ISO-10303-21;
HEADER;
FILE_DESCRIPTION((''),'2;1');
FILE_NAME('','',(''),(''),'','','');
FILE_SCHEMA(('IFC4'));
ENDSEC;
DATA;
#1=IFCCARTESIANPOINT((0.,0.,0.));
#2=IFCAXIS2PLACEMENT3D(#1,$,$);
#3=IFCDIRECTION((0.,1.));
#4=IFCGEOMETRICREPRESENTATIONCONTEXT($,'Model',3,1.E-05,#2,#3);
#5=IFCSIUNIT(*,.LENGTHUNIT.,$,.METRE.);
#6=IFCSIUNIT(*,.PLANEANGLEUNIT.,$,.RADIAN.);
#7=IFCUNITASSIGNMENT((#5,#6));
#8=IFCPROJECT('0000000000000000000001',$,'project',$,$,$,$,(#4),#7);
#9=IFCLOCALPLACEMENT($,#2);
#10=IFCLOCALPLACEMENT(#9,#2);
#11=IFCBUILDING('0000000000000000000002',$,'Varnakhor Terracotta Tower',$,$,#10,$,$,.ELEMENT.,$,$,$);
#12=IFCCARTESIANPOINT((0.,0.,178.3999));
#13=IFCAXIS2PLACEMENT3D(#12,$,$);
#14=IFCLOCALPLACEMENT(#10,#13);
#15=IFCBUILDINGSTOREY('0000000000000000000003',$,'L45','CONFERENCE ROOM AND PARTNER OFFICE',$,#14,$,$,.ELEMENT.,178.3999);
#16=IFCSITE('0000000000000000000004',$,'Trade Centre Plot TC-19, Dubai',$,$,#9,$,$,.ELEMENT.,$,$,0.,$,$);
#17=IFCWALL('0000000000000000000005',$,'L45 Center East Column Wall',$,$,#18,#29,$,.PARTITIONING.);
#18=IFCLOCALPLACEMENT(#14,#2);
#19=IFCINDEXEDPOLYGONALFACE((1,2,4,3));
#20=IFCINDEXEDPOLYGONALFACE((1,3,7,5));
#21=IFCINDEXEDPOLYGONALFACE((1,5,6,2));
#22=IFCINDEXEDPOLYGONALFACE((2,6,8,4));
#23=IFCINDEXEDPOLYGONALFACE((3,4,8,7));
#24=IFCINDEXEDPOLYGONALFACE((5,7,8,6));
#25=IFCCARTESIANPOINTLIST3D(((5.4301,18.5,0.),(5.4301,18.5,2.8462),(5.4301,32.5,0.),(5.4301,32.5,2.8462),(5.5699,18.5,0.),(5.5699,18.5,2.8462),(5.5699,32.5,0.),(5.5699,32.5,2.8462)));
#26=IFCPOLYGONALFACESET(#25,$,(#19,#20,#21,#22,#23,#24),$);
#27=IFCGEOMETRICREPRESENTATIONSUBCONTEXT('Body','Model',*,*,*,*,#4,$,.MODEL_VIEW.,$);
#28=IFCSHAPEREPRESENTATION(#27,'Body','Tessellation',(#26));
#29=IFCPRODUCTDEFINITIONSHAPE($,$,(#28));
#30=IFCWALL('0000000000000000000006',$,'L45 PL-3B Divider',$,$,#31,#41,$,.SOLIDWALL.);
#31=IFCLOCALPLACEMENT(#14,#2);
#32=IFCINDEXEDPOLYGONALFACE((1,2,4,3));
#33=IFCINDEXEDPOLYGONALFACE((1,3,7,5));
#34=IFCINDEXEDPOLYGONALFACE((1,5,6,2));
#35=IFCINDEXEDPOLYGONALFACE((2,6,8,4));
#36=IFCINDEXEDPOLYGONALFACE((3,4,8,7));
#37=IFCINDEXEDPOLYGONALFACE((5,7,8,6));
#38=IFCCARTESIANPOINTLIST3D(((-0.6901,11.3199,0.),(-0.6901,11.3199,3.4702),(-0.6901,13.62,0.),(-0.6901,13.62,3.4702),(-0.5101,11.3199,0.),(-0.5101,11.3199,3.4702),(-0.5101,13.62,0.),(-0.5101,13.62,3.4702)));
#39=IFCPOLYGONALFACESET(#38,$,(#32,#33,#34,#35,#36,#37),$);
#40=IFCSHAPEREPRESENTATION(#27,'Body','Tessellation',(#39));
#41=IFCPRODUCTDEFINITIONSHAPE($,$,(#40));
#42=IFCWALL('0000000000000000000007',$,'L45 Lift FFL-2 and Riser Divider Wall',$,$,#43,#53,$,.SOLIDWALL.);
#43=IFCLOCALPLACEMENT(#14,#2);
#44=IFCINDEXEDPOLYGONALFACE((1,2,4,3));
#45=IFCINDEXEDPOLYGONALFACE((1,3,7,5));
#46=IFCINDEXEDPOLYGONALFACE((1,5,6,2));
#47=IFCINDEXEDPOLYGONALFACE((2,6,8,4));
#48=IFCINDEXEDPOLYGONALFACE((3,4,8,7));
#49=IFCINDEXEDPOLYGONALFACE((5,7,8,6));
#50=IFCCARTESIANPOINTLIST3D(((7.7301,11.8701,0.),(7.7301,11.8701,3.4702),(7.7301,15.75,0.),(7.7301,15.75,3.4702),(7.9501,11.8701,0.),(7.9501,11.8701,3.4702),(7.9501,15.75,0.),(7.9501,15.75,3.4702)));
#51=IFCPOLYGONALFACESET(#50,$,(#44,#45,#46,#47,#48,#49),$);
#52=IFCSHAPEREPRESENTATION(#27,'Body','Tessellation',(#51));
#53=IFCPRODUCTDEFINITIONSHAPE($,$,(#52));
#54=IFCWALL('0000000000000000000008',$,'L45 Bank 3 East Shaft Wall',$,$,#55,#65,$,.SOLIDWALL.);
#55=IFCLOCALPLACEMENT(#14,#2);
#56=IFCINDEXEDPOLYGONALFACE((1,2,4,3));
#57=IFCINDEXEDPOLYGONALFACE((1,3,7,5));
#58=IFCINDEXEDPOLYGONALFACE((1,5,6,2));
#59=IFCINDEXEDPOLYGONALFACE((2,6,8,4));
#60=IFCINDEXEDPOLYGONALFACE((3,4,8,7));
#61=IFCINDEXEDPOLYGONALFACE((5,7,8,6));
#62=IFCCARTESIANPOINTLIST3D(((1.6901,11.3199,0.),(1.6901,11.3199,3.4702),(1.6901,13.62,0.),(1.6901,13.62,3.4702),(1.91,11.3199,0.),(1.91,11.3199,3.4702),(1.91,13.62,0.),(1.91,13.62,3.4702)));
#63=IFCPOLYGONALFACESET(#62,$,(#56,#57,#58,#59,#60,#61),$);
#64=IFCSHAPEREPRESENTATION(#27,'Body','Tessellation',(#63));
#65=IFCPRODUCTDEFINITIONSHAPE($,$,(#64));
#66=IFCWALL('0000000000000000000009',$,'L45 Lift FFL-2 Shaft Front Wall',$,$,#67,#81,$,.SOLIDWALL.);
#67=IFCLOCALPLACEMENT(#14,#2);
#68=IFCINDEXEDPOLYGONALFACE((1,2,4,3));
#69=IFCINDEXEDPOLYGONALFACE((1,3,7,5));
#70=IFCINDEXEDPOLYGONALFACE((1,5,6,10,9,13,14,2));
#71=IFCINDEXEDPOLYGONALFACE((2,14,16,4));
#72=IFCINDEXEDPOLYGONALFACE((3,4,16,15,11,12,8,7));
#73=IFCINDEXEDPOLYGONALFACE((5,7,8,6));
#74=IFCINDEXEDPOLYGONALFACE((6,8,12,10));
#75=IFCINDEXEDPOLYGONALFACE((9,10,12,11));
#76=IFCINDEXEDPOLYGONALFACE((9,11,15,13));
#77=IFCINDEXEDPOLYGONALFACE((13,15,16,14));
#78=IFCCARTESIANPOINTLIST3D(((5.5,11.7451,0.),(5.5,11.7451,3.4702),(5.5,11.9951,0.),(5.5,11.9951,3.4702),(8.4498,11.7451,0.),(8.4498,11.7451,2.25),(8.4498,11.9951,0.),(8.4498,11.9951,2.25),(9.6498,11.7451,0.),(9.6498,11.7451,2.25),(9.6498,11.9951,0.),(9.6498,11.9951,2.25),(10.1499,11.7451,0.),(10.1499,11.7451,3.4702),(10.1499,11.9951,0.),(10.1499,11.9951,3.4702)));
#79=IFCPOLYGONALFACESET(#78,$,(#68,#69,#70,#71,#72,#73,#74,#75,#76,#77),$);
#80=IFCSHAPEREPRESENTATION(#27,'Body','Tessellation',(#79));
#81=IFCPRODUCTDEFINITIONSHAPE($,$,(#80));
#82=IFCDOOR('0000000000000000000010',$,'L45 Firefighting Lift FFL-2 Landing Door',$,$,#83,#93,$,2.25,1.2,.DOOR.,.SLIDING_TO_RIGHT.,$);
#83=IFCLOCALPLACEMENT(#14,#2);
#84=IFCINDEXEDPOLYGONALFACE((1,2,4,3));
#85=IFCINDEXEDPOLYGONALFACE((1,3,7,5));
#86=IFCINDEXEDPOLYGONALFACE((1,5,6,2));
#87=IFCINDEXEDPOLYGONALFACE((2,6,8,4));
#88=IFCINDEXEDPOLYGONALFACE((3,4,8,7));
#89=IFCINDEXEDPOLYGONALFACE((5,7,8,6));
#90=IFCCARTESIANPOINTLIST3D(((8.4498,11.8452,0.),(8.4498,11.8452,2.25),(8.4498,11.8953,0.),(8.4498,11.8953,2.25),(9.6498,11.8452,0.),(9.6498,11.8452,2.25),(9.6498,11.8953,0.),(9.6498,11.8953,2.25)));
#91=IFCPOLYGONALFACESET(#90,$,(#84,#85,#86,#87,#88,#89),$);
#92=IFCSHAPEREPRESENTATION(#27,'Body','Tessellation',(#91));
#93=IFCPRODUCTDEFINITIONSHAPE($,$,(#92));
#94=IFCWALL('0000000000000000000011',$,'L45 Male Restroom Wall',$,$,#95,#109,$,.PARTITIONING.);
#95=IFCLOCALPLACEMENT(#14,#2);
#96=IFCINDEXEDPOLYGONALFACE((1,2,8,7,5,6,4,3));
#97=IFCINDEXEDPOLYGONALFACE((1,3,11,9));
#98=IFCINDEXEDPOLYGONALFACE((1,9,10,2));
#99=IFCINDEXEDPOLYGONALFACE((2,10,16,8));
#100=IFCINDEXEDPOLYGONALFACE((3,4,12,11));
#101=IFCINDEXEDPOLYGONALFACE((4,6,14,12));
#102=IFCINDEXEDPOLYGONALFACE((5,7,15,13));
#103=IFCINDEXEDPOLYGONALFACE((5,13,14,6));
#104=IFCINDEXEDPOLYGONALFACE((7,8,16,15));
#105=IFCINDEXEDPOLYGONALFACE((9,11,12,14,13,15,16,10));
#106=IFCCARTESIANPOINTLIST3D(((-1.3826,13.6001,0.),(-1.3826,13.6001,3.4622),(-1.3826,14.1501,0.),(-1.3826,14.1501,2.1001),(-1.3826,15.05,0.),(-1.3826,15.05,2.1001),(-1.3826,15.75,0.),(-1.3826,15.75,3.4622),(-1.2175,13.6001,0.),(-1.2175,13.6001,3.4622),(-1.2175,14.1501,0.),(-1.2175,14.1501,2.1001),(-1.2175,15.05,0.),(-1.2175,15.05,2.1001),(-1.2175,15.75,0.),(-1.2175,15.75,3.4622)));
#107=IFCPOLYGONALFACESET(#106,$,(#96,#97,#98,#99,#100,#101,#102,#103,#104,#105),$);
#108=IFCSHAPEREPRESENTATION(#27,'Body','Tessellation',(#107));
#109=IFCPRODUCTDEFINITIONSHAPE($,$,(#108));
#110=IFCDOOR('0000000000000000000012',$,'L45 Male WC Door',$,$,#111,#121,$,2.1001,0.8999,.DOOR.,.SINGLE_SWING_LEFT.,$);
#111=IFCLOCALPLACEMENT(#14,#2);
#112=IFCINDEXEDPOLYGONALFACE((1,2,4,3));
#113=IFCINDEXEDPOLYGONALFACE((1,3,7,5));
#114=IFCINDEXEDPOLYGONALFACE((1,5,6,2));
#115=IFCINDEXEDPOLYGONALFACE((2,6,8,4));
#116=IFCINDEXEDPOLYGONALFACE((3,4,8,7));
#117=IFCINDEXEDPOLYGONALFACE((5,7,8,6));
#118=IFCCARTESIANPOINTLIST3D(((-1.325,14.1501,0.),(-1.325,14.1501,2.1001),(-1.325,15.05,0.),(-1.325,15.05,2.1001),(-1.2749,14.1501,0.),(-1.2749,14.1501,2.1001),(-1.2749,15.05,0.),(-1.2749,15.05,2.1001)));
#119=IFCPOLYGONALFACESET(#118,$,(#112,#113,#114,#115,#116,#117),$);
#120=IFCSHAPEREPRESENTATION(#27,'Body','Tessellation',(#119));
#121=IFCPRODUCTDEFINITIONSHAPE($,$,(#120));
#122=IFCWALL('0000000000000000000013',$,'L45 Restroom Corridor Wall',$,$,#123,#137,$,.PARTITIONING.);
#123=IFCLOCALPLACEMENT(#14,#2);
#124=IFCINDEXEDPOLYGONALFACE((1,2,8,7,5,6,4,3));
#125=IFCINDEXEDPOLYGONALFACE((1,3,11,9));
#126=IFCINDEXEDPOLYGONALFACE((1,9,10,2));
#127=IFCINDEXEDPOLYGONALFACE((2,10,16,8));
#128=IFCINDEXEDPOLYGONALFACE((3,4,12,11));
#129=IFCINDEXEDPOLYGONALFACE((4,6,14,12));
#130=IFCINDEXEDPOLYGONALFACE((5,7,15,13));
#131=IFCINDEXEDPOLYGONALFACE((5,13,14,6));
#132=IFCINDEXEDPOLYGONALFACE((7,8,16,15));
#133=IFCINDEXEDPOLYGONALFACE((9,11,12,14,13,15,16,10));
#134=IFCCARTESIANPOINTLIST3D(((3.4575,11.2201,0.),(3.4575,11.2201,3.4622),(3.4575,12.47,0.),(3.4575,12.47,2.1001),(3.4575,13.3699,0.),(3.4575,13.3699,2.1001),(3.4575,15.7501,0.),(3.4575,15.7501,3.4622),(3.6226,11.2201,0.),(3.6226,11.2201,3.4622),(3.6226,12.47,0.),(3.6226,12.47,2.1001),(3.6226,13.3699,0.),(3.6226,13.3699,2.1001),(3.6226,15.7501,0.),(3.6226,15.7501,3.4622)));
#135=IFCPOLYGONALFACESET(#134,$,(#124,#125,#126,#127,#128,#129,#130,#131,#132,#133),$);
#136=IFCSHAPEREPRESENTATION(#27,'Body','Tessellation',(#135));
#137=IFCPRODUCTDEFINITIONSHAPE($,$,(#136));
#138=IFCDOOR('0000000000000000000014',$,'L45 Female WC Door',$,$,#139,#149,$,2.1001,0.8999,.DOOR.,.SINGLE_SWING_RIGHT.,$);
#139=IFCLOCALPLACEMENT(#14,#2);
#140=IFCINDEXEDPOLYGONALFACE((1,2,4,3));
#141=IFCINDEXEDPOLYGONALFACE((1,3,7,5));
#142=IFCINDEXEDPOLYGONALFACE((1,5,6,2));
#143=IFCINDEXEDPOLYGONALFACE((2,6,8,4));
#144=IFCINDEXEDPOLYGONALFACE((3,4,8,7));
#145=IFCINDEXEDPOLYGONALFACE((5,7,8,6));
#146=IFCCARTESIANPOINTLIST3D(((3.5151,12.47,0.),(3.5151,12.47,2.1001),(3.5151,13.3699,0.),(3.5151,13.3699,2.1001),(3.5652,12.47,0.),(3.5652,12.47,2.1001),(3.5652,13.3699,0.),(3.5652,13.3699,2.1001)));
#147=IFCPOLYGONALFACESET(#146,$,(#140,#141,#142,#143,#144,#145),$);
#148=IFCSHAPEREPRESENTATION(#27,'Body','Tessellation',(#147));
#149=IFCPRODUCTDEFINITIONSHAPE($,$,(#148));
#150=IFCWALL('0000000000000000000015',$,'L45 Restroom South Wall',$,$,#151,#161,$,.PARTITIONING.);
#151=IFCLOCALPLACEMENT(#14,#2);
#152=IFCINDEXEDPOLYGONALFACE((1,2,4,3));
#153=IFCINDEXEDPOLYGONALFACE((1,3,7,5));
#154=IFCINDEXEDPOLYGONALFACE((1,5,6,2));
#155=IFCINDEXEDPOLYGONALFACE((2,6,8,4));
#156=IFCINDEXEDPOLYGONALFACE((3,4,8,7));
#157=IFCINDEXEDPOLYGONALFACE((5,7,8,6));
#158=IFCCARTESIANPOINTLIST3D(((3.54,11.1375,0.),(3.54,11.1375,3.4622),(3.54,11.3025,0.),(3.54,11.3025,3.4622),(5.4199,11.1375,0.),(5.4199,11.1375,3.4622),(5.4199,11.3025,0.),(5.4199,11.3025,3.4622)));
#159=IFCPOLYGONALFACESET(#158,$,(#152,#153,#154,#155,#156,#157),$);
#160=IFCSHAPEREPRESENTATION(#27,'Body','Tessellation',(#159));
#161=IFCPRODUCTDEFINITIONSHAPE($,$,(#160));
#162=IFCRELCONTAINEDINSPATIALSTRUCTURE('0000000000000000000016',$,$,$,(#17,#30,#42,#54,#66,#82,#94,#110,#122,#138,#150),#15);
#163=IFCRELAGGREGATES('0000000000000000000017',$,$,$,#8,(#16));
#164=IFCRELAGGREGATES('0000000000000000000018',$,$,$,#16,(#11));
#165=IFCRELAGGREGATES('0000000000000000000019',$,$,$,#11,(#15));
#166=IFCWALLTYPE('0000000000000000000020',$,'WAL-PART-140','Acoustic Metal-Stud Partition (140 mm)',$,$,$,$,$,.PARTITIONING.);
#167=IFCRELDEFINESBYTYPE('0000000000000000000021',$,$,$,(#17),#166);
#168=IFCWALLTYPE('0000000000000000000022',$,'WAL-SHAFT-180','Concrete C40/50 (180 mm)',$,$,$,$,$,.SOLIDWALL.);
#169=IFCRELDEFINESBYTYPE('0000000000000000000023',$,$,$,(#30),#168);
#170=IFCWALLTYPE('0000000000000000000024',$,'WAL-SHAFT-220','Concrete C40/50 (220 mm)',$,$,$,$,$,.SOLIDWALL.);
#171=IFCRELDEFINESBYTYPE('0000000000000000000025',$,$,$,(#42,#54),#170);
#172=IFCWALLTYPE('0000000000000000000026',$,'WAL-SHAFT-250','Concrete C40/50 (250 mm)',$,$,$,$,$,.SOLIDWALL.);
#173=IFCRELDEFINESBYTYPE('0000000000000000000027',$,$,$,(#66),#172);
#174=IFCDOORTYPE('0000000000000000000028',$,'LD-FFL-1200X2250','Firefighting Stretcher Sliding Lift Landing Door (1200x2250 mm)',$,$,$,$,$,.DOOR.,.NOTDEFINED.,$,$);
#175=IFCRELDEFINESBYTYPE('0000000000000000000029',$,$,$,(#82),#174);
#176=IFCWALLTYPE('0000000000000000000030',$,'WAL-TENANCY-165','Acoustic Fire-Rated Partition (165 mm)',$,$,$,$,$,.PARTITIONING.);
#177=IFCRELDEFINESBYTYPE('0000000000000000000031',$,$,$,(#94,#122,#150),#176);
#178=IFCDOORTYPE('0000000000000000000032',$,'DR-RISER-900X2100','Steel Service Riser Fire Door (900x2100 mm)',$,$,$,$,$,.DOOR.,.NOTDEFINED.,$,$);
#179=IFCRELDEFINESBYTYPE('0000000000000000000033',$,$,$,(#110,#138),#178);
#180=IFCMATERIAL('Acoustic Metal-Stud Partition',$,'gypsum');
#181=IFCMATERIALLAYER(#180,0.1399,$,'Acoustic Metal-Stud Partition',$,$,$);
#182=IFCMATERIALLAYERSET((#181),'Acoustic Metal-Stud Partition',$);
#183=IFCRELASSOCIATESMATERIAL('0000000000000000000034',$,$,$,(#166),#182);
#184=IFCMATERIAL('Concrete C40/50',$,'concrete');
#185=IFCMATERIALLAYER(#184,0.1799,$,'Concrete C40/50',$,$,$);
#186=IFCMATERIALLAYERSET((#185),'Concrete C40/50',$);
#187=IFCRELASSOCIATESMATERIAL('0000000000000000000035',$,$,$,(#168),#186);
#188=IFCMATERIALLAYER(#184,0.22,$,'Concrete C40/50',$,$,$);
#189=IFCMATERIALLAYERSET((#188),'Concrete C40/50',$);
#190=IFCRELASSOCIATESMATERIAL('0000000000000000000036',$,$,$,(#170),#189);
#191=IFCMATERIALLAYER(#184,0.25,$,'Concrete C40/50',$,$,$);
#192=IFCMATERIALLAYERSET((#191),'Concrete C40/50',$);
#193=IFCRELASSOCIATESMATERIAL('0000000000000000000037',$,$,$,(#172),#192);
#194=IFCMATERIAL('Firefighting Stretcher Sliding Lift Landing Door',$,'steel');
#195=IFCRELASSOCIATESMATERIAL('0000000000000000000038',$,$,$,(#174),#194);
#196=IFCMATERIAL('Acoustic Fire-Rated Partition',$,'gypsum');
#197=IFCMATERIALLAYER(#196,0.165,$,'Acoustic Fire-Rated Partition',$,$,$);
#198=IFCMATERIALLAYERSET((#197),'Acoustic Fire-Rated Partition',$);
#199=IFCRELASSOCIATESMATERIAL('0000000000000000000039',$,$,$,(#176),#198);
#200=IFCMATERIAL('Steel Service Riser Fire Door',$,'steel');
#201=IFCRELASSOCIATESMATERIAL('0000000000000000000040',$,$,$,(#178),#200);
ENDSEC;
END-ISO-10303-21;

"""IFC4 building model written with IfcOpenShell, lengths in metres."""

from ifc_helpers import new_model, si_unit, direction, frame, frame_2d, origin, place, context, subcontext, project, spatial, rectangle, extrude, source, transform, mapped, material, layer, layer_set, type_object, type_shapes, element, fill, save


model = new_model("IFC4")

# Units and contexts
model_context = context("Model", 3, precision=1e-05, world=origin(), true_north=direction((0.0, 1.0)))
body_context = subcontext(model_context, "Body", "Model", "MODEL_VIEW")
ifc_project = project(units=[si_unit("LENGTHUNIT", "METRE"), si_unit("PLANEANGLEUNIT", "RADIAN")], contexts=[model_context])

# Site, building, storey
site_placement = place(None, origin())
site = spatial("IfcSite", under=ifc_project, at=site_placement, Name="Trade Centre Plot TC-19, Dubai", CompositionType="ELEMENT", RefElevation=0.0)
building_placement = place(site_placement, origin())
building = spatial("IfcBuilding", under=site, at=building_placement, Name="Varnakhor Terracotta Tower", CompositionType="ELEMENT")
storey_placement = place(building_placement, frame((0.0, 0.0, 178.3999)))
storey = spatial("IfcBuildingStorey", under=building, at=storey_placement, Name="L45", Description="CONFERENCE ROOM AND PARTNER OFFICE", CompositionType="ELEMENT", Elevation=178.3999)

# Shared definitions
ifc_material_1 = material(Name="Concrete C40/50", Category="concrete")

# Walls
ifc_material_2 = material(Name="Acoustic Metal-Stud Partition", Category="gypsum")
ifc_layer_1 = layer(ifc_material_2, 0.1399, Name="Acoustic Metal-Stud Partition")
ifc_layer_set_1 = layer_set([ifc_layer_1], Name="Acoustic Metal-Stud Partition")
wall_type_1 = type_object("IfcWallType", Name="WAL-PART-140", Description="Acoustic Metal-Stud Partition (140 mm)", PredefinedType="PARTITIONING", material=ifc_layer_set_1)
wall_1_placement = place(storey_placement, frame((5.5, 18.5, 0.0), z_axis=(0.0, 0.0, 1.0), x_axis=(0.0, 1.0, 0.0)))
element("IfcWall", 1, at=wall_1_placement, inside=storey, type_object=wall_type_1, Name="L45 Center East Column Wall", PredefinedType="PARTITIONING", context=body_context, shape_type="SweptSolid", body=[
    extrude(rectangle(XDim=14.0, YDim=0.1399, at=frame_2d((7.0, 0.0))), origin(), (0.0, 0.0, 1.0), 2.8462),
])
ifc_layer_2 = layer(ifc_material_1, 0.1799, Name="Concrete C40/50")
ifc_layer_set_2 = layer_set([ifc_layer_2], Name="Concrete C40/50")
wall_type_2 = type_object("IfcWallType", Name="WAL-SHAFT-180", Description="Concrete C40/50 (180 mm)", PredefinedType="SOLIDWALL", material=ifc_layer_set_2)
wall_2_placement = place(storey_placement, frame((-0.6001, 11.3201, 0.0), z_axis=(0.0, 0.0, 1.0), x_axis=(0.0, 1.0, 0.0)))
element("IfcWall", 2, at=wall_2_placement, inside=storey, type_object=wall_type_2, Name="L45 PL-3B Divider", PredefinedType="SOLIDWALL", context=body_context, shape_type="SweptSolid", body=[
    extrude(rectangle(XDim=2.3, YDim=0.1799, at=frame_2d((1.1499, 0.0))), origin(), (0.0, 0.0, 1.0), 3.4702),
])
ifc_layer_3 = layer(ifc_material_1, 0.22, Name="Concrete C40/50")
ifc_layer_set_3 = layer_set([ifc_layer_3], Name="Concrete C40/50")
wall_type_3 = type_object("IfcWallType", Name="WAL-SHAFT-220", Description="Concrete C40/50 (220 mm)", PredefinedType="SOLIDWALL", material=ifc_layer_set_3)
wall_3_placement = place(storey_placement, frame((7.8401, 11.8701, 0.0), z_axis=(0.0, 0.0, 1.0), x_axis=(0.0, 1.0, 0.0)))
element("IfcWall", 3, at=wall_3_placement, inside=storey, type_object=wall_type_3, Name="L45 Lift FFL-2 and Riser Divider Wall", PredefinedType="SOLIDWALL", context=body_context, shape_type="SweptSolid", body=[
    extrude(rectangle(XDim=3.8799, YDim=0.22, at=frame_2d((1.9399, 0.0))), origin(), (0.0, 0.0, 1.0), 3.4702),
])
wall_4_placement = place(storey_placement, frame((1.8, 11.3201, 0.0), z_axis=(0.0, 0.0, 1.0), x_axis=(0.0, 1.0, 0.0)))
element("IfcWall", 4, at=wall_4_placement, inside=storey, type_object=wall_type_3, Name="L45 Bank 3 East Shaft Wall", PredefinedType="SOLIDWALL", context=body_context, shape_type="SweptSolid", body=[
    extrude(rectangle(XDim=2.3, YDim=0.22, at=frame_2d((1.1499, 0.0))), origin(), (0.0, 0.0, 1.0), 3.4702),
])

# Walls, openings, doors
ifc_layer_4 = layer(ifc_material_1, 0.25, Name="Concrete C40/50")
ifc_layer_set_4 = layer_set([ifc_layer_4], Name="Concrete C40/50")
wall_type_4 = type_object("IfcWallType", Name="WAL-SHAFT-250", Description="Concrete C40/50 (250 mm)", PredefinedType="SOLIDWALL", material=ifc_layer_set_4)
wall_5_placement = place(storey_placement, frame((10.1499, 11.8701, 0.0), z_axis=(0.0, 0.0, 1.0), x_axis=(-1.0, 0.0, 0.0)))
wall_5 = element("IfcWall", 5, at=wall_5_placement, inside=storey, type_object=wall_type_4, Name="L45 Lift FFL-2 Shaft Front Wall", PredefinedType="SOLIDWALL", context=body_context, shape_type="SweptSolid", body=[
    extrude(rectangle(XDim=4.6499, YDim=0.25, at=frame_2d((2.325, 0.0))), origin(), (0.0, 0.0, 1.0), 3.4702),
])
opening_1_placement = place(wall_5_placement, frame((0.5, 0.0, 0.0)))
opening_1 = element("IfcOpeningElement", 6, at=opening_1_placement, cuts=wall_5, PredefinedType="OPENING", context=body_context, shape_type="SweptSolid", body=[
    extrude(rectangle(XDim=1.2, YDim=2.25, at=frame_2d((0.6001, 1.125))), frame((0.0, 0.135, 0.0), z_axis=(0.0, -1.0, 0.0), x_axis=(1.0, 0.0, 0.0)), (0.0, 0.0, 1.0), 0.27),
])
ifc_material_3 = material(Name="Firefighting Stretcher Sliding Lift Landing Door", Category="steel")
door_type_1 = type_object("IfcDoorType", Name="LD-FFL-1200X2250", Description="Firefighting Stretcher Sliding Lift Landing Door (1200x2250 mm)", OperationType="NOTDEFINED", PredefinedType="DOOR", material=ifc_material_3)
shared_shape_1 = source(origin(), body_context, "Body", "SweptSolid", [
    extrude(rectangle(XDim=1.2, YDim=2.25, at=frame_2d((0.6001, 1.125))), frame((0.0, 0.0249, 0.0), z_axis=(0.0, -1.0, 0.0), x_axis=(1.0, 0.0, 0.0)), (0.0, 0.0, 1.0), 0.05),
])
type_shapes(door_type_1, [shared_shape_1])
door_1_placement = place(opening_1_placement, origin())
door_1 = element("IfcDoor", 7, at=door_1_placement, inside=storey, type_object=door_type_1, Name="L45 Firefighting Lift FFL-2 Landing Door", OperationType="SLIDING_TO_RIGHT", OverallHeight=2.25, OverallWidth=1.2, PredefinedType="DOOR", context=body_context, shape_type="MappedRepresentation", body=[
    mapped(shared_shape_1, transform((0.0, 0.0, 0.0), scale=1.0)),
])
fill(opening_1, door_1)
ifc_material_4 = material(Name="Acoustic Fire-Rated Partition", Category="gypsum")
ifc_layer_5 = layer(ifc_material_4, 0.165, Name="Acoustic Fire-Rated Partition")
ifc_layer_set_5 = layer_set([ifc_layer_5], Name="Acoustic Fire-Rated Partition")
wall_type_5 = type_object("IfcWallType", Name="WAL-TENANCY-165", Description="Acoustic Fire-Rated Partition (165 mm)", PredefinedType="PARTITIONING", material=ifc_layer_set_5)
wall_6_placement = place(storey_placement, frame((-1.3, 13.6001, 0.0), z_axis=(0.0, 0.0, 1.0), x_axis=(0.0, 1.0, 0.0)))
wall_6 = element("IfcWall", 8, at=wall_6_placement, inside=storey, type_object=wall_type_5, Name="L45 Male Restroom Wall", PredefinedType="PARTITIONING", context=body_context, shape_type="SweptSolid", body=[
    extrude(rectangle(XDim=2.1499, YDim=0.165, at=frame_2d((1.075, 0.0))), origin(), (0.0, 0.0, 1.0), 3.4622),
])
opening_2_placement = place(wall_6_placement, frame((0.55, 0.0, 0.0)))
opening_2 = element("IfcOpeningElement", 9, at=opening_2_placement, cuts=wall_6, PredefinedType="OPENING", context=body_context, shape_type="SweptSolid", body=[
    extrude(rectangle(XDim=0.8999, YDim=2.1001, at=frame_2d((0.45, 1.05))), frame((0.0, 0.0925, 0.0), z_axis=(0.0, -1.0, 0.0), x_axis=(1.0, 0.0, 0.0)), (0.0, 0.0, 1.0), 0.1851),
])
ifc_material_5 = material(Name="Steel Service Riser Fire Door", Category="steel")
door_type_2 = type_object("IfcDoorType", Name="DR-RISER-900X2100", Description="Steel Service Riser Fire Door (900x2100 mm)", OperationType="NOTDEFINED", PredefinedType="DOOR", material=ifc_material_5)
shared_shape_2 = source(origin(), body_context, "Body", "SweptSolid", [
    extrude(rectangle(XDim=0.8999, YDim=2.1001, at=frame_2d((0.45, 1.05))), frame((0.0, 0.0249, 0.0), z_axis=(0.0, -1.0, 0.0), x_axis=(1.0, 0.0, 0.0)), (0.0, 0.0, 1.0), 0.05),
])
type_shapes(door_type_2, [shared_shape_2])
door_2_placement = place(opening_2_placement, origin())
door_2 = element("IfcDoor", 10, at=door_2_placement, inside=storey, type_object=door_type_2, Name="L45 Male WC Door", OperationType="SINGLE_SWING_LEFT", OverallHeight=2.1001, OverallWidth=0.8999, PredefinedType="DOOR", context=body_context, shape_type="MappedRepresentation", body=[
    mapped(shared_shape_2, transform((0.0, 0.0, 0.0), scale=1.0)),
])
fill(opening_2, door_2)
wall_7_placement = place(storey_placement, frame((3.54, 11.22, 0.0), z_axis=(0.0, 0.0, 1.0), x_axis=(0.0, 1.0, 0.0)))
wall_7 = element("IfcWall", 11, at=wall_7_placement, inside=storey, type_object=wall_type_5, Name="L45 Restroom Corridor Wall", PredefinedType="PARTITIONING", context=body_context, shape_type="SweptSolid", body=[
    extrude(rectangle(XDim=4.53, YDim=0.165, at=frame_2d((2.2651, 0.0))), origin(), (0.0, 0.0, 1.0), 3.4622),
])
opening_3_placement = place(wall_7_placement, frame((1.25, 0.0, 0.0)))
opening_3 = element("IfcOpeningElement", 12, at=opening_3_placement, cuts=wall_7, PredefinedType="OPENING", context=body_context, shape_type="SweptSolid", body=[
    extrude(rectangle(XDim=0.8999, YDim=2.1001, at=frame_2d((0.45, 1.05))), frame((0.0, 0.0925, 0.0), z_axis=(0.0, -1.0, 0.0), x_axis=(1.0, 0.0, 0.0)), (0.0, 0.0, 1.0), 0.1851),
])
door_3_placement = place(opening_3_placement, origin())
door_3 = element("IfcDoor", 13, at=door_3_placement, inside=storey, type_object=door_type_2, Name="L45 Female WC Door", OperationType="SINGLE_SWING_RIGHT", OverallHeight=2.1001, OverallWidth=0.8999, PredefinedType="DOOR", context=body_context, shape_type="MappedRepresentation", body=[
    mapped(shared_shape_2, transform((0.0, 0.0, 0.0), scale=1.0)),
])
fill(opening_3, door_3)

# Wall
wall_8_placement = place(storey_placement, frame((3.54, 11.22, 0.0), z_axis=(0.0, 0.0, 1.0), x_axis=(1.0, 0.0, 0.0)))
element("IfcWall", 14, at=wall_8_placement, inside=storey, type_object=wall_type_5, Name="L45 Restroom South Wall", PredefinedType="PARTITIONING", context=body_context, shape_type="SweptSolid", body=[
    extrude(rectangle(XDim=1.8799, YDim=0.165, at=frame_2d((0.9399, 0.0))), origin(), (0.0, 0.0, 1.0), 3.4622),
])

save(model, "model.ifc")
